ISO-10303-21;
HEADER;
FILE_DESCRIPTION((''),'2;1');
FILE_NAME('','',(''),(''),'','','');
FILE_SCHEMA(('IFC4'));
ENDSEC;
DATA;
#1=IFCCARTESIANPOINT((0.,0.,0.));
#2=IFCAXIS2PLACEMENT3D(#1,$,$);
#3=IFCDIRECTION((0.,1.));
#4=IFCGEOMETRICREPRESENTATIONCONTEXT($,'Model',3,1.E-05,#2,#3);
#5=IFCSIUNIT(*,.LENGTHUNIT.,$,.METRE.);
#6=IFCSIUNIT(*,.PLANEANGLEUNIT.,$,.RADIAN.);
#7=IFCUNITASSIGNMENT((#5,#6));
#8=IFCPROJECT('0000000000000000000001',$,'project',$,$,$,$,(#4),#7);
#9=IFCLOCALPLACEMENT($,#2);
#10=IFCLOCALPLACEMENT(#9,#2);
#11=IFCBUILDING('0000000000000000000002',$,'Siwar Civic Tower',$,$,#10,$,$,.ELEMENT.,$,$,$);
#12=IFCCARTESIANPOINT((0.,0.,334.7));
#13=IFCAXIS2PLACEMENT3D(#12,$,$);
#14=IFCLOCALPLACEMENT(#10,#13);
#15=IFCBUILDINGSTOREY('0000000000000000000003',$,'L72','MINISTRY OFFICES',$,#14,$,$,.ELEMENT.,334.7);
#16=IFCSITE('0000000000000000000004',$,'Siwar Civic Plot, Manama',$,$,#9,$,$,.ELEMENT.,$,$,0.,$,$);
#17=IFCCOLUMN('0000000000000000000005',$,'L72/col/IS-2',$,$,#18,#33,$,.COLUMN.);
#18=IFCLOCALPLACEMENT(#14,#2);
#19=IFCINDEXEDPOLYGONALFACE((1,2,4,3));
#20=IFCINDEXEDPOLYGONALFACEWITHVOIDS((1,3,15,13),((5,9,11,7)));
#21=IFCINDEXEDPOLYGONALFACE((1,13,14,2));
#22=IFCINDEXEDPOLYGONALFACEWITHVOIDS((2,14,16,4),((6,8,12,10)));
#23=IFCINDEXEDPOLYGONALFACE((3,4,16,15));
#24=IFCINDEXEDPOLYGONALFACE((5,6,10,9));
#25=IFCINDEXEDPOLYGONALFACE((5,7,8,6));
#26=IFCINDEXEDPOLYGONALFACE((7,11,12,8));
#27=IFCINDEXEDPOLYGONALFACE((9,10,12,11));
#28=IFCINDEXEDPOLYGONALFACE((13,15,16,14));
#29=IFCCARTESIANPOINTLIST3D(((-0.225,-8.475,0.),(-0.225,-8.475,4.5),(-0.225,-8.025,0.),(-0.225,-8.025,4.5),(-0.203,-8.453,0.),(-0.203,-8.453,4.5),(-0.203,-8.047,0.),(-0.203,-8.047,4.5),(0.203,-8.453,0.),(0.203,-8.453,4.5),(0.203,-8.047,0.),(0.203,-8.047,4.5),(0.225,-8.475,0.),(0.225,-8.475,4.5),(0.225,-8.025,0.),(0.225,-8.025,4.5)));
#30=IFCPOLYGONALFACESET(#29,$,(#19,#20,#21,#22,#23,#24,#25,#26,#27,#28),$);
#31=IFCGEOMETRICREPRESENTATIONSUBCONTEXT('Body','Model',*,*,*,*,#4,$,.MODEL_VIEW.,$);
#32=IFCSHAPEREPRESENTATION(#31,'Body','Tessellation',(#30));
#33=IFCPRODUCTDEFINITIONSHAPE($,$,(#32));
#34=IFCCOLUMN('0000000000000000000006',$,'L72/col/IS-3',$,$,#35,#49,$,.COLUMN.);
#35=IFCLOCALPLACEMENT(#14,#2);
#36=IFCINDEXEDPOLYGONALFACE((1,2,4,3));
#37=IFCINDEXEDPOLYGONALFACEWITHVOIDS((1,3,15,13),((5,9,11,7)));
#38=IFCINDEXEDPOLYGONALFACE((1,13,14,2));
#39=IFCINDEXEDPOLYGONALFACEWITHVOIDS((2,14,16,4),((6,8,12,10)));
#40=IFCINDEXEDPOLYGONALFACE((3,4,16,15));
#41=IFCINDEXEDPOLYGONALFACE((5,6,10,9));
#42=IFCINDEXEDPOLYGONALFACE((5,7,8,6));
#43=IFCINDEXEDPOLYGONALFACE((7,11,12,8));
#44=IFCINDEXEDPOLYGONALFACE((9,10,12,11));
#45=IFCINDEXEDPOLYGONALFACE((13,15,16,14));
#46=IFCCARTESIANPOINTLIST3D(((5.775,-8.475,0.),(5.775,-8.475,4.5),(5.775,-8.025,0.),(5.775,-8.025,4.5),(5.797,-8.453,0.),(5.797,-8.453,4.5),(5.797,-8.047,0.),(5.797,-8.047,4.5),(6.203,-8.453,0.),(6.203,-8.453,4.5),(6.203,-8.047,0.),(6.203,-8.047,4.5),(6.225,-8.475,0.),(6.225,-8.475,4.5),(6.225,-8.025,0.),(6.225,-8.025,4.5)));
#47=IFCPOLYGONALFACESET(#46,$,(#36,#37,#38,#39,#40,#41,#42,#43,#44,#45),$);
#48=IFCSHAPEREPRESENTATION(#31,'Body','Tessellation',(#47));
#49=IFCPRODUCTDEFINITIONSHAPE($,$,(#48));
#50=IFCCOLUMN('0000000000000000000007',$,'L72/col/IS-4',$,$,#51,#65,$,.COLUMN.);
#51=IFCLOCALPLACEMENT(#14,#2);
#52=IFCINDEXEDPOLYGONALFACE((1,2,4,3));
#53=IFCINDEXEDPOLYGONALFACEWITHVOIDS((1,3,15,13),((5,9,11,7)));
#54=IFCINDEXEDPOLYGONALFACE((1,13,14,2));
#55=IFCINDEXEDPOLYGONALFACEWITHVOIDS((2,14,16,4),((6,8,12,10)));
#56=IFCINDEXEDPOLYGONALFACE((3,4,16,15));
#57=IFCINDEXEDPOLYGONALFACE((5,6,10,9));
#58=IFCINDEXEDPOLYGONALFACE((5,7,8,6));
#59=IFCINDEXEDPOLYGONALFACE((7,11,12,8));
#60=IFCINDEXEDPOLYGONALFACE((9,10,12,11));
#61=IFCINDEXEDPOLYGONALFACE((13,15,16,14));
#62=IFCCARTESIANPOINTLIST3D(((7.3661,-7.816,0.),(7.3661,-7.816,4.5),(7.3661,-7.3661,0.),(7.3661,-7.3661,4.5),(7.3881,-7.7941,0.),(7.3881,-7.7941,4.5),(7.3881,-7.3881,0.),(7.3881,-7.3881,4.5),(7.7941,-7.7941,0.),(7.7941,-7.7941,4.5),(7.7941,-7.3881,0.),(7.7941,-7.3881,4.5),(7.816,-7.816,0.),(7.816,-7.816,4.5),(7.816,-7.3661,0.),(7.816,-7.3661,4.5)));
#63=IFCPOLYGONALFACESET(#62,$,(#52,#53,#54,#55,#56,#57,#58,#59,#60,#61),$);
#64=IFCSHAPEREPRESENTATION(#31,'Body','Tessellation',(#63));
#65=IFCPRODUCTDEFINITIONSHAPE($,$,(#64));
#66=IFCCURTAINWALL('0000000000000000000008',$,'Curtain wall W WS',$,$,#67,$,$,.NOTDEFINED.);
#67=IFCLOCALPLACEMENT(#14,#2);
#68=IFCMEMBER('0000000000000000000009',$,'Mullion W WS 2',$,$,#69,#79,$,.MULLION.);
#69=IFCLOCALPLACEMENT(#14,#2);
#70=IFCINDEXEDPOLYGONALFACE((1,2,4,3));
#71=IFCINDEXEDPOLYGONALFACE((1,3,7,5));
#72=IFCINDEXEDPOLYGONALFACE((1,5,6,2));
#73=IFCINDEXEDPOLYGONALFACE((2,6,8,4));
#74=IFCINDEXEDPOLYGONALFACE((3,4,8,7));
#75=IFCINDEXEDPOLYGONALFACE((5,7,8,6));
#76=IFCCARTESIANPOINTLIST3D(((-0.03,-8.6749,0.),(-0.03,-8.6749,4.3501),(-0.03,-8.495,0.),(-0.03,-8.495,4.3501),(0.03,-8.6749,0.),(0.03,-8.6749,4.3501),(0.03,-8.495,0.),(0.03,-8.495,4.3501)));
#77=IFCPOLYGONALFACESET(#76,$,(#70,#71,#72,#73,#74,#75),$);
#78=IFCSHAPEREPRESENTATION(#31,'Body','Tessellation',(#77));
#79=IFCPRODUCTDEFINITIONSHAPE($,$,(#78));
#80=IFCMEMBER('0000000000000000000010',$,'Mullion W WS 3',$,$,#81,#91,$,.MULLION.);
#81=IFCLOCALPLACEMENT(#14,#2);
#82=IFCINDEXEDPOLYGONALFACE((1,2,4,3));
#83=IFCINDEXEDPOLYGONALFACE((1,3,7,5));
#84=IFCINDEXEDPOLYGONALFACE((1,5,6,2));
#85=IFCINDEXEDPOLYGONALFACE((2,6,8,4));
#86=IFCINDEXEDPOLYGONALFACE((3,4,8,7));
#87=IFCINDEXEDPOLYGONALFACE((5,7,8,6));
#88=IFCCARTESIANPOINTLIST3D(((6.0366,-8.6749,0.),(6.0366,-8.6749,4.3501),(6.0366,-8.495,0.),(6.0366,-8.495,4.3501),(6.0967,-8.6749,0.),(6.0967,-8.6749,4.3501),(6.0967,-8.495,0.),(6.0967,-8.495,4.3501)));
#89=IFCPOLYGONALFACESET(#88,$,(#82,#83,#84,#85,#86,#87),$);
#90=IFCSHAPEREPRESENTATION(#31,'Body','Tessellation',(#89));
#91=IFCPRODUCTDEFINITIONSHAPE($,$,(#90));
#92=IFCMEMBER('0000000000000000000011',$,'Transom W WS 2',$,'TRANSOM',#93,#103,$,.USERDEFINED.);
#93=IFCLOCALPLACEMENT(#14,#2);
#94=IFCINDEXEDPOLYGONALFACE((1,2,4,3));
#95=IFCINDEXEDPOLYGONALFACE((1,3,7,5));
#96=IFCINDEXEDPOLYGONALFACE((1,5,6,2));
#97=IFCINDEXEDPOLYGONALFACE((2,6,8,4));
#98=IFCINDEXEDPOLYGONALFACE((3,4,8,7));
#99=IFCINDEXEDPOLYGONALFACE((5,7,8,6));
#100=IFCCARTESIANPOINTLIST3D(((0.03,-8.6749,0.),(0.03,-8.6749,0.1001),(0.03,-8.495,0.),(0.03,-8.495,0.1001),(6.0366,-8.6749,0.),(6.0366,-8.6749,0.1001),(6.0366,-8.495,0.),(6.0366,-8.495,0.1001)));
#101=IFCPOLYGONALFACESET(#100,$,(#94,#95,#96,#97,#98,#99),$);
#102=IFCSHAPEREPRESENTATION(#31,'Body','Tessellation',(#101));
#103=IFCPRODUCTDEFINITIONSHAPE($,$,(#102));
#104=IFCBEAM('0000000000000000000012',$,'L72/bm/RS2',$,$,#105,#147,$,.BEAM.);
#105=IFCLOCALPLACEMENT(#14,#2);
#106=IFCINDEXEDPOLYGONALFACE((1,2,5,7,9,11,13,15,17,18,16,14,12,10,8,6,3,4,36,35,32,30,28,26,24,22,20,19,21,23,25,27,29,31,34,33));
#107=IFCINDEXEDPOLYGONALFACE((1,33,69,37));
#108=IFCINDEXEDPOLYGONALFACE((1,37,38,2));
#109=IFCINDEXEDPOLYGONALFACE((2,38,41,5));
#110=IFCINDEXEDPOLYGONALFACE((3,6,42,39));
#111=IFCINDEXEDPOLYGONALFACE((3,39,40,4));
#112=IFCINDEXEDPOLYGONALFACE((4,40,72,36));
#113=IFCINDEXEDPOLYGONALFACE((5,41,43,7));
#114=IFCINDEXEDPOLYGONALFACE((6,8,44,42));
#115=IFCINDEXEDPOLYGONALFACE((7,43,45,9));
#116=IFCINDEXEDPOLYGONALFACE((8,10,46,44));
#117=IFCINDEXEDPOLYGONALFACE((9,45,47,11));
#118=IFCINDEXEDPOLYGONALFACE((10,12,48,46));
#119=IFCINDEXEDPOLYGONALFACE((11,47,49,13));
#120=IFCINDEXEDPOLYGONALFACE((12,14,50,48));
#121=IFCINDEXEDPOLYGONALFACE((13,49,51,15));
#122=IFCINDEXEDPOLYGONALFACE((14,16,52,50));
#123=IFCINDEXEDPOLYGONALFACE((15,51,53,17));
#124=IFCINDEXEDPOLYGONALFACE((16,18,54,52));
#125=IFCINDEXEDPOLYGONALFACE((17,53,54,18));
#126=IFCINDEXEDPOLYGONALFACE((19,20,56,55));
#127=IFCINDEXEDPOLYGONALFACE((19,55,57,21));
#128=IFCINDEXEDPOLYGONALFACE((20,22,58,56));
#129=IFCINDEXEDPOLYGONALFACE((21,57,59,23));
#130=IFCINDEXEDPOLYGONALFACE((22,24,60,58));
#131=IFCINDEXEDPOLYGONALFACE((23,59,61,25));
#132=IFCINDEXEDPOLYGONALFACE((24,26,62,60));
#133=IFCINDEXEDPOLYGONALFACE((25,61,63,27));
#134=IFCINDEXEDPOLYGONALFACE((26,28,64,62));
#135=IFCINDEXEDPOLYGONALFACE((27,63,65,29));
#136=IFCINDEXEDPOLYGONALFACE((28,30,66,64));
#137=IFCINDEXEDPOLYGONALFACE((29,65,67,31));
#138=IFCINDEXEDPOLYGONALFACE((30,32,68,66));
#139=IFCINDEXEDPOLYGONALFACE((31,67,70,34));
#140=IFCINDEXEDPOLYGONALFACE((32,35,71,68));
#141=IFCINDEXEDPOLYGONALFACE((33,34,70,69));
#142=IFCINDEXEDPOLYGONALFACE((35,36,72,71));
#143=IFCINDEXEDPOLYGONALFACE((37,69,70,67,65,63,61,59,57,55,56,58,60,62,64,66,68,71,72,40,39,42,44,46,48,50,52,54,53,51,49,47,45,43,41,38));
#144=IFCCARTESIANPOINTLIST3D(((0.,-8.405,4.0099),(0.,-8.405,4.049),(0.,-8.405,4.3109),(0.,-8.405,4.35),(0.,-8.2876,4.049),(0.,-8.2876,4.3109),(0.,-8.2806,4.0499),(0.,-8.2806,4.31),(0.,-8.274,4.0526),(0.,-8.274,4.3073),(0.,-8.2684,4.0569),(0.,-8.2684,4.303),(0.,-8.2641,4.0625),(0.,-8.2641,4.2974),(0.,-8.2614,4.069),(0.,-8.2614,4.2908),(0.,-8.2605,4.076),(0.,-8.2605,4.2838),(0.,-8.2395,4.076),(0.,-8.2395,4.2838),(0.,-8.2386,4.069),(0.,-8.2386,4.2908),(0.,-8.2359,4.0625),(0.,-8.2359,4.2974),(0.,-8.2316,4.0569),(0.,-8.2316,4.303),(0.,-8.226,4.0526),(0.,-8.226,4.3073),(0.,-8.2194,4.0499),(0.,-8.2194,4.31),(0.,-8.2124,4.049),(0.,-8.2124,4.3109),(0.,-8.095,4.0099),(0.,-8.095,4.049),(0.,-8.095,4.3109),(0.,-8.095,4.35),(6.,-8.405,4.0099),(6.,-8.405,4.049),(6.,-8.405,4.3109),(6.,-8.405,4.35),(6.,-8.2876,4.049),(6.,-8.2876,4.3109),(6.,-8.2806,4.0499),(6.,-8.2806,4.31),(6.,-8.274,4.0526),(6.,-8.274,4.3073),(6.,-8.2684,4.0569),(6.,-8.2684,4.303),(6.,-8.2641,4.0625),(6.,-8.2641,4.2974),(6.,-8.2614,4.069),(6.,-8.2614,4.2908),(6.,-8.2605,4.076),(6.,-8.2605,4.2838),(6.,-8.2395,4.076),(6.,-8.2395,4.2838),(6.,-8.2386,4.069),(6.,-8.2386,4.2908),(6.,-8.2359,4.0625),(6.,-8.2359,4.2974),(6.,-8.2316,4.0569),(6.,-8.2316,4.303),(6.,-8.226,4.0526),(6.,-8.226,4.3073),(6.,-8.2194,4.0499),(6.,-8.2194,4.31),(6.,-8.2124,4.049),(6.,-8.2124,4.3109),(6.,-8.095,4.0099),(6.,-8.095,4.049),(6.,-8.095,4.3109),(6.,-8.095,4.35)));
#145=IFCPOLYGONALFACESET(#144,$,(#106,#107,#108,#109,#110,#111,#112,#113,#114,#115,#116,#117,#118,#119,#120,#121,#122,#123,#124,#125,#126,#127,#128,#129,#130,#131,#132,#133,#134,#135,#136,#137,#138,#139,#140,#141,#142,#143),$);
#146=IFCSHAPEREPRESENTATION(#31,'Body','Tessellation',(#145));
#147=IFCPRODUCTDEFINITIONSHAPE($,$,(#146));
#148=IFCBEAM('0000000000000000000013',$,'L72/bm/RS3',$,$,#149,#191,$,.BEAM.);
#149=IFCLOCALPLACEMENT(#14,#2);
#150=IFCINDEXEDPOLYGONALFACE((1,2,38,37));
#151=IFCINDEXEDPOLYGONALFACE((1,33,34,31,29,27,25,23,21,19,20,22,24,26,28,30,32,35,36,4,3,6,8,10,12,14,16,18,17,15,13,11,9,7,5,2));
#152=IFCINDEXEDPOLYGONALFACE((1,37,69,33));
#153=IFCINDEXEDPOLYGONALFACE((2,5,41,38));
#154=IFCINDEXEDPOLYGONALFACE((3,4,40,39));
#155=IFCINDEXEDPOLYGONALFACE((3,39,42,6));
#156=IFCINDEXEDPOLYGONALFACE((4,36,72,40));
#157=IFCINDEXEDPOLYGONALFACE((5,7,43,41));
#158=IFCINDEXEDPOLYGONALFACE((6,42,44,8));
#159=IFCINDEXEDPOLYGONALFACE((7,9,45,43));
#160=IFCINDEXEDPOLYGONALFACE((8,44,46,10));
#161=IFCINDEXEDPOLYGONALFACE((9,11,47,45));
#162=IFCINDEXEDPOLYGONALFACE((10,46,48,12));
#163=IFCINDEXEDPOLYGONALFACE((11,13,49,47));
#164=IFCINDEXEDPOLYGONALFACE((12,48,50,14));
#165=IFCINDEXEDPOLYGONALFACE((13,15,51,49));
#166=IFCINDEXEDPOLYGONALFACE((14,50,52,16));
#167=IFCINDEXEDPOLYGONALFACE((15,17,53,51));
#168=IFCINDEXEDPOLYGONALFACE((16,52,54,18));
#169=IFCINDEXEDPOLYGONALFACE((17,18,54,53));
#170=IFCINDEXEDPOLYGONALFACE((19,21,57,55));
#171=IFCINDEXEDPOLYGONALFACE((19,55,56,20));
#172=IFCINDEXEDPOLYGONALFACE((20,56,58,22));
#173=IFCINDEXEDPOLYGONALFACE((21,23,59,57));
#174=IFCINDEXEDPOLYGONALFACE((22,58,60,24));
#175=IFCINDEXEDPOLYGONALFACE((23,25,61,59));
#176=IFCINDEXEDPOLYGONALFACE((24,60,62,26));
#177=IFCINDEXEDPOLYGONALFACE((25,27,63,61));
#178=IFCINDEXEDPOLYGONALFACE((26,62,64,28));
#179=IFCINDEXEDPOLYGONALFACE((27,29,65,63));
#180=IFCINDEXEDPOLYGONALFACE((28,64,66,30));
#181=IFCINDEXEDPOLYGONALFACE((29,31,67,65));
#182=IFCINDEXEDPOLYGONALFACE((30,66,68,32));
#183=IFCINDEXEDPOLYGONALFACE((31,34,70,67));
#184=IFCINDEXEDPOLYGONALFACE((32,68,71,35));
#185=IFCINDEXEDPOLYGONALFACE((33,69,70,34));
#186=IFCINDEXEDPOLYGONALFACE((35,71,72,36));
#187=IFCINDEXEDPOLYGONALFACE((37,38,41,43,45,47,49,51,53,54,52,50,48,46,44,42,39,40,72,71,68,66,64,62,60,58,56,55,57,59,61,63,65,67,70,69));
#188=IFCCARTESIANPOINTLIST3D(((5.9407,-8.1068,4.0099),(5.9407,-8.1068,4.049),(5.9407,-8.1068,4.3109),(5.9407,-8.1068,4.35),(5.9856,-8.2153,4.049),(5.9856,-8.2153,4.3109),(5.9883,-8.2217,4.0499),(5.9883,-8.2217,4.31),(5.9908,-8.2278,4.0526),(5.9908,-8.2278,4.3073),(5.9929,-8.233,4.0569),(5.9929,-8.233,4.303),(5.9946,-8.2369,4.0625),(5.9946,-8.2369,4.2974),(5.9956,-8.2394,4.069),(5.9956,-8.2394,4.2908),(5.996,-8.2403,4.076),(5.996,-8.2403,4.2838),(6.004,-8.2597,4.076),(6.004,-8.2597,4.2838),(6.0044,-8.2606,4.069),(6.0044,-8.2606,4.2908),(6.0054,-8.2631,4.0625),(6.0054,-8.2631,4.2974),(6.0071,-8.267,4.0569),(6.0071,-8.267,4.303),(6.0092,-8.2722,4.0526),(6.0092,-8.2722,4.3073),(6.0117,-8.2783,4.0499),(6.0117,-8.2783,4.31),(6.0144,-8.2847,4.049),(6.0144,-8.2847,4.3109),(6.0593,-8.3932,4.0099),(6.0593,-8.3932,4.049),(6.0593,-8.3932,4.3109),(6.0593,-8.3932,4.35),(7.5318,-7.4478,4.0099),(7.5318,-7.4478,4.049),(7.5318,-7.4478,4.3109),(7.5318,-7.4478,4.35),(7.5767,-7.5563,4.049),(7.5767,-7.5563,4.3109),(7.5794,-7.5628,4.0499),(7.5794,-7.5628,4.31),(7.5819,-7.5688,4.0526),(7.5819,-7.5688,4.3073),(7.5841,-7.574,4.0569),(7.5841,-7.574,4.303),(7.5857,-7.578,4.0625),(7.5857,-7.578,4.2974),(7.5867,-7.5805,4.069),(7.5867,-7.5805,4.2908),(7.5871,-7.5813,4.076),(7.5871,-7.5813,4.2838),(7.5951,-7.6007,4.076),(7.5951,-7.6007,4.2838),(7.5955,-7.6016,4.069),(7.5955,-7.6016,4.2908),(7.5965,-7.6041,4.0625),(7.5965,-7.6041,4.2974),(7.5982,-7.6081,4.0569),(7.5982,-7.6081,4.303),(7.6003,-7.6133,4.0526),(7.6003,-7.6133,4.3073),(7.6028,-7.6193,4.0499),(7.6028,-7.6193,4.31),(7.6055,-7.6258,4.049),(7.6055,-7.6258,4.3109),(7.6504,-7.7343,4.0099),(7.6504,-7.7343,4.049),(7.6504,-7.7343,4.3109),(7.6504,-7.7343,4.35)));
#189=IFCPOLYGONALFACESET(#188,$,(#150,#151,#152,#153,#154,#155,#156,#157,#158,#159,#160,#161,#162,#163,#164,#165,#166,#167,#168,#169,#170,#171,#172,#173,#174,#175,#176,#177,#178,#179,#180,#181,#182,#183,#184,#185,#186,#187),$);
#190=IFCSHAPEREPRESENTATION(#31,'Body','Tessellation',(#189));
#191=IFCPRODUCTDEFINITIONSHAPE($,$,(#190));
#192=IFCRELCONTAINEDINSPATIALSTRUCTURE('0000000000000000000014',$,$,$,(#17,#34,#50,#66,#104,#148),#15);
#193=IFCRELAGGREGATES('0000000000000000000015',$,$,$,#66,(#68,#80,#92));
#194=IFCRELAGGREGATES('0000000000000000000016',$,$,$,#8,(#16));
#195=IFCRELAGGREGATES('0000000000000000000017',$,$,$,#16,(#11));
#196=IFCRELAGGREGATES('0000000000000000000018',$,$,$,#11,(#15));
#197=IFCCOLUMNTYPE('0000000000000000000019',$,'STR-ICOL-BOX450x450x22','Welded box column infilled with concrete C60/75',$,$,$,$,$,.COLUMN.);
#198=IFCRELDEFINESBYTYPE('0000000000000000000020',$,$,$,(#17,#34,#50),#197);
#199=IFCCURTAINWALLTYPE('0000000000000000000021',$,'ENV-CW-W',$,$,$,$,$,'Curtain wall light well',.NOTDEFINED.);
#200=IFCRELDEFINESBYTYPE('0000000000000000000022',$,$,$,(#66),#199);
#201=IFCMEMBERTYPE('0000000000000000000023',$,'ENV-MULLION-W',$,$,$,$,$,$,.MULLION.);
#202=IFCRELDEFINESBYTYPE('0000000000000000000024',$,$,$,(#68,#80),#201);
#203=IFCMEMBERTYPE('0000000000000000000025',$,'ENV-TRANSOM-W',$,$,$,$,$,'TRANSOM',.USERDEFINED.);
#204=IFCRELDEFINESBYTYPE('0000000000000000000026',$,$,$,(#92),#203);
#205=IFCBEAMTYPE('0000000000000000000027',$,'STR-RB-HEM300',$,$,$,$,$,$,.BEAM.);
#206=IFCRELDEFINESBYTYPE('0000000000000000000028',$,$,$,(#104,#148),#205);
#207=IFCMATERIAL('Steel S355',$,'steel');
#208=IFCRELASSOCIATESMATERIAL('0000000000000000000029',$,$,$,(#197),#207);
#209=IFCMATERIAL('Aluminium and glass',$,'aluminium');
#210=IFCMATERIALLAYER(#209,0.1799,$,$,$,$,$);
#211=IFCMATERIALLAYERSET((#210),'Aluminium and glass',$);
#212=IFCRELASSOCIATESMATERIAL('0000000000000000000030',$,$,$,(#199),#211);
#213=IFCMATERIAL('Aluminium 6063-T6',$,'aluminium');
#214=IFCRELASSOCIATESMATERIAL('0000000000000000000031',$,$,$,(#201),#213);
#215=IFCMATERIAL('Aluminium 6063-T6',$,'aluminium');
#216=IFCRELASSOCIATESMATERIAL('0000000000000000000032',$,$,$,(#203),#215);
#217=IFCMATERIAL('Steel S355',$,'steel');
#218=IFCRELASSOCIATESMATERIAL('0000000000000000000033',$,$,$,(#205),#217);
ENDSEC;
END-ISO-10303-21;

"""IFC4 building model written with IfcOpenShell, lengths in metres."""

from ifc_helpers import new_model, si_unit, direction, frame, origin, origin_2d, place, context, subcontext, project, spatial, rectangle, hollow_rectangle, i_section, extrude, material, layer, layer_set, material_profile, profile_set, type_object, element, aggregate, save


model = new_model("IFC4")

# Units and contexts
model_context = context("Model", 3, precision=1e-05, world=origin(), true_north=direction((0.0, 1.0)))
body_context = subcontext(model_context, "Body", "Model", "MODEL_VIEW")
ifc_project = project(units=[si_unit("LENGTHUNIT", "METRE"), si_unit("PLANEANGLEUNIT", "RADIAN")], contexts=[model_context])

# Site, building, storey
site_placement = place(None, origin())
site = spatial("IfcSite", under=ifc_project, at=site_placement, Name="Siwar Civic Plot, Manama", CompositionType="ELEMENT", RefElevation=0.0)
building_placement = place(site_placement, origin())
building = spatial("IfcBuilding", under=site, at=building_placement, Name="Siwar Civic Tower", CompositionType="ELEMENT")
storey_placement = place(building_placement, frame((0.0, 0.0, 334.7)))
storey = spatial("IfcBuildingStorey", under=building, at=storey_placement, Name="L72", Description="MINISTRY OFFICES", CompositionType="ELEMENT", Elevation=334.7)

# Columns
ifc_material_1 = material(Name="Steel S355", Category="steel")
ifc_material_profile_1 = material_profile(ifc_material_1, hollow_rectangle(XDim=0.45, YDim=0.45, WallThickness=0.022, at=origin_2d()), Name="BOX450x450x22")
ifc_profile_set_1 = profile_set([ifc_material_profile_1], Name="Steel S355")
column_type = type_object("IfcColumnType", Name="STR-ICOL-BOX450x450x22", Description="Welded box column infilled with concrete C60/75", PredefinedType="COLUMN", material=ifc_profile_set_1)
for number, where, z_axis, x_axis, name in (
    (1, (0.0, -8.25, 0.0), (0.0, 0.0, 1.0), (1.0, 0.0, 0.0), "L72/col/IS-2"),
    (2, (6.0, -8.25, 0.0), (0.0, 0.0, 1.0), (1.0, 0.0, 0.0), "L72/col/IS-3"),
    (3, (7.5911, -7.5911, 0.0), (0.0, 0.0, 1.0), (1.0, 0.0, 0.0), "L72/col/IS-4"),
):
    element("IfcColumn", number, at=place(storey_placement, frame(where, z_axis=z_axis, x_axis=x_axis)), inside=storey, type_object=column_type, Name=name, PredefinedType="COLUMN", context=body_context, shape_type="SweptSolid", body=[
        extrude(hollow_rectangle(XDim=0.45, YDim=0.45, WallThickness=0.022, at=origin_2d()), origin(), (0.0, 0.0, 1.0), 4.5),
    ])

# Curtain wall, members
ifc_material_2 = material(Name="Aluminium and glass", Category="aluminium")
ifc_layer_1 = layer(ifc_material_2, 0.1799)
ifc_layer_set_1 = layer_set([ifc_layer_1], Name="Aluminium and glass")
curtain_wall_type = type_object("IfcCurtainWallType", Name="ENV-CW-W", ElementType="Curtain wall light well", PredefinedType="NOTDEFINED", material=ifc_layer_set_1)
curtain_wall_placement = place(storey_placement, origin())
curtain_wall = element("IfcCurtainWall", 4, at=curtain_wall_placement, inside=storey, type_object=curtain_wall_type, Name="Curtain wall W WS", PredefinedType="NOTDEFINED")
ifc_material_3 = material(Name="Aluminium 6063-T6", Category="aluminium")
ifc_material_profile_2 = material_profile(ifc_material_3, rectangle(XDim=0.1799, YDim=0.0601, at=origin_2d()), Name="AL 180x60")
ifc_profile_set_2 = profile_set([ifc_material_profile_2], Name="Aluminium 6063-T6")
member_type_1 = type_object("IfcMemberType", Name="ENV-MULLION-W", PredefinedType="MULLION", material=ifc_profile_set_2)
member_1_placement = place(storey_placement, frame((0.0, -8.585, 0.0), z_axis=(0.0, 0.0, 1.0), x_axis=(0.0, 1.0, 0.0)))
member_1 = element("IfcMember", 5, at=member_1_placement, type_object=member_type_1, Name="Mullion W WS 2", PredefinedType="MULLION", context=body_context, shape_type="SweptSolid", body=[
    extrude(rectangle(XDim=0.1799, YDim=0.0601, at=origin_2d()), origin(), (0.0, 0.0, 1.0), 4.3501),
])
member_2_placement = place(storey_placement, frame((6.0667, -8.585, 0.0), z_axis=(0.0, 0.0, 1.0), x_axis=(0.0, 1.0, 0.0)))
member_2 = element("IfcMember", 6, at=member_2_placement, type_object=member_type_1, Name="Mullion W WS 3", PredefinedType="MULLION", context=body_context, shape_type="SweptSolid", body=[
    extrude(rectangle(XDim=0.1799, YDim=0.0601, at=origin_2d()), origin(), (0.0, 0.0, 1.0), 4.3501),
])
ifc_material_4 = material(Name="Aluminium 6063-T6", Category="aluminium")
ifc_material_profile_3 = material_profile(ifc_material_4, rectangle(XDim=0.1799, YDim=0.1001, at=origin_2d()), Name="AL 180x100")
ifc_profile_set_3 = profile_set([ifc_material_profile_3], Name="Aluminium 6063-T6")
member_type_2 = type_object("IfcMemberType", Name="ENV-TRANSOM-W", ElementType="TRANSOM", PredefinedType="USERDEFINED", material=ifc_profile_set_3)
member_3_placement = place(storey_placement, frame((0.03, -8.585, 0.05), z_axis=(1.0, 0.0, 0.0), x_axis=(0.0, 1.0, 0.0)))
member_3 = element("IfcMember", 7, at=member_3_placement, type_object=member_type_2, Name="Transom W WS 2", ObjectType="TRANSOM", PredefinedType="USERDEFINED", context=body_context, shape_type="SweptSolid", body=[
    extrude(rectangle(XDim=0.1799, YDim=0.1001, at=origin_2d()), origin(), (0.0, 0.0, 1.0), 6.0066),
])

# Beams
ifc_material_5 = material(Name="Steel S355", Category="steel")
ifc_material_profile_4 = material_profile(ifc_material_5, i_section(OverallWidth=0.3101, OverallDepth=0.3401, WebThickness=0.021, FlangeThickness=0.0391, FilletRadius=0.0271, at=origin_2d()), Name="HEM300")
ifc_profile_set_4 = profile_set([ifc_material_profile_4], Name="Steel S355")
beam_type = type_object("IfcBeamType", Name="STR-RB-HEM300", PredefinedType="BEAM", material=ifc_profile_set_4)
beam_placement = place(storey_placement, frame((0.0, -8.25, 4.1799), z_axis=(1.0, 0.0, 0.0), x_axis=(0.0, 1.0, 0.0)))
element("IfcBeam", 8, at=beam_placement, inside=storey, type_object=beam_type, Name="L72/bm/RS2", PredefinedType="BEAM", context=body_context, shape_type="SweptSolid", body=[
    extrude(i_section(OverallWidth=0.3101, OverallDepth=0.3401, WebThickness=0.021, FlangeThickness=0.0391, FilletRadius=0.0271, at=origin_2d()), origin(), (0.0, 0.0, 1.0), 6.0),
])
for number, where, z_axis, x_axis, name in (
    (9, (6.0, -8.25, 4.1799), (0.923901, 0.382631, 0.0), (-0.382631, 0.923901, 0.0), "L72/bm/RS3"),
):
    element("IfcBeam", number, at=place(storey_placement, frame(where, z_axis=z_axis, x_axis=x_axis)), inside=storey, type_object=beam_type, Name=name, PredefinedType="BEAM", context=body_context, shape_type="SweptSolid", body=[
        extrude(i_section(OverallWidth=0.3101, OverallDepth=0.3401, WebThickness=0.021, FlangeThickness=0.0391, FilletRadius=0.0271, at=origin_2d()), origin(), (0.0, 0.0, 1.0), 1.7222),
    ])

aggregate(curtain_wall, [member_1, member_2, member_3])

save(model, "model.ifc")
